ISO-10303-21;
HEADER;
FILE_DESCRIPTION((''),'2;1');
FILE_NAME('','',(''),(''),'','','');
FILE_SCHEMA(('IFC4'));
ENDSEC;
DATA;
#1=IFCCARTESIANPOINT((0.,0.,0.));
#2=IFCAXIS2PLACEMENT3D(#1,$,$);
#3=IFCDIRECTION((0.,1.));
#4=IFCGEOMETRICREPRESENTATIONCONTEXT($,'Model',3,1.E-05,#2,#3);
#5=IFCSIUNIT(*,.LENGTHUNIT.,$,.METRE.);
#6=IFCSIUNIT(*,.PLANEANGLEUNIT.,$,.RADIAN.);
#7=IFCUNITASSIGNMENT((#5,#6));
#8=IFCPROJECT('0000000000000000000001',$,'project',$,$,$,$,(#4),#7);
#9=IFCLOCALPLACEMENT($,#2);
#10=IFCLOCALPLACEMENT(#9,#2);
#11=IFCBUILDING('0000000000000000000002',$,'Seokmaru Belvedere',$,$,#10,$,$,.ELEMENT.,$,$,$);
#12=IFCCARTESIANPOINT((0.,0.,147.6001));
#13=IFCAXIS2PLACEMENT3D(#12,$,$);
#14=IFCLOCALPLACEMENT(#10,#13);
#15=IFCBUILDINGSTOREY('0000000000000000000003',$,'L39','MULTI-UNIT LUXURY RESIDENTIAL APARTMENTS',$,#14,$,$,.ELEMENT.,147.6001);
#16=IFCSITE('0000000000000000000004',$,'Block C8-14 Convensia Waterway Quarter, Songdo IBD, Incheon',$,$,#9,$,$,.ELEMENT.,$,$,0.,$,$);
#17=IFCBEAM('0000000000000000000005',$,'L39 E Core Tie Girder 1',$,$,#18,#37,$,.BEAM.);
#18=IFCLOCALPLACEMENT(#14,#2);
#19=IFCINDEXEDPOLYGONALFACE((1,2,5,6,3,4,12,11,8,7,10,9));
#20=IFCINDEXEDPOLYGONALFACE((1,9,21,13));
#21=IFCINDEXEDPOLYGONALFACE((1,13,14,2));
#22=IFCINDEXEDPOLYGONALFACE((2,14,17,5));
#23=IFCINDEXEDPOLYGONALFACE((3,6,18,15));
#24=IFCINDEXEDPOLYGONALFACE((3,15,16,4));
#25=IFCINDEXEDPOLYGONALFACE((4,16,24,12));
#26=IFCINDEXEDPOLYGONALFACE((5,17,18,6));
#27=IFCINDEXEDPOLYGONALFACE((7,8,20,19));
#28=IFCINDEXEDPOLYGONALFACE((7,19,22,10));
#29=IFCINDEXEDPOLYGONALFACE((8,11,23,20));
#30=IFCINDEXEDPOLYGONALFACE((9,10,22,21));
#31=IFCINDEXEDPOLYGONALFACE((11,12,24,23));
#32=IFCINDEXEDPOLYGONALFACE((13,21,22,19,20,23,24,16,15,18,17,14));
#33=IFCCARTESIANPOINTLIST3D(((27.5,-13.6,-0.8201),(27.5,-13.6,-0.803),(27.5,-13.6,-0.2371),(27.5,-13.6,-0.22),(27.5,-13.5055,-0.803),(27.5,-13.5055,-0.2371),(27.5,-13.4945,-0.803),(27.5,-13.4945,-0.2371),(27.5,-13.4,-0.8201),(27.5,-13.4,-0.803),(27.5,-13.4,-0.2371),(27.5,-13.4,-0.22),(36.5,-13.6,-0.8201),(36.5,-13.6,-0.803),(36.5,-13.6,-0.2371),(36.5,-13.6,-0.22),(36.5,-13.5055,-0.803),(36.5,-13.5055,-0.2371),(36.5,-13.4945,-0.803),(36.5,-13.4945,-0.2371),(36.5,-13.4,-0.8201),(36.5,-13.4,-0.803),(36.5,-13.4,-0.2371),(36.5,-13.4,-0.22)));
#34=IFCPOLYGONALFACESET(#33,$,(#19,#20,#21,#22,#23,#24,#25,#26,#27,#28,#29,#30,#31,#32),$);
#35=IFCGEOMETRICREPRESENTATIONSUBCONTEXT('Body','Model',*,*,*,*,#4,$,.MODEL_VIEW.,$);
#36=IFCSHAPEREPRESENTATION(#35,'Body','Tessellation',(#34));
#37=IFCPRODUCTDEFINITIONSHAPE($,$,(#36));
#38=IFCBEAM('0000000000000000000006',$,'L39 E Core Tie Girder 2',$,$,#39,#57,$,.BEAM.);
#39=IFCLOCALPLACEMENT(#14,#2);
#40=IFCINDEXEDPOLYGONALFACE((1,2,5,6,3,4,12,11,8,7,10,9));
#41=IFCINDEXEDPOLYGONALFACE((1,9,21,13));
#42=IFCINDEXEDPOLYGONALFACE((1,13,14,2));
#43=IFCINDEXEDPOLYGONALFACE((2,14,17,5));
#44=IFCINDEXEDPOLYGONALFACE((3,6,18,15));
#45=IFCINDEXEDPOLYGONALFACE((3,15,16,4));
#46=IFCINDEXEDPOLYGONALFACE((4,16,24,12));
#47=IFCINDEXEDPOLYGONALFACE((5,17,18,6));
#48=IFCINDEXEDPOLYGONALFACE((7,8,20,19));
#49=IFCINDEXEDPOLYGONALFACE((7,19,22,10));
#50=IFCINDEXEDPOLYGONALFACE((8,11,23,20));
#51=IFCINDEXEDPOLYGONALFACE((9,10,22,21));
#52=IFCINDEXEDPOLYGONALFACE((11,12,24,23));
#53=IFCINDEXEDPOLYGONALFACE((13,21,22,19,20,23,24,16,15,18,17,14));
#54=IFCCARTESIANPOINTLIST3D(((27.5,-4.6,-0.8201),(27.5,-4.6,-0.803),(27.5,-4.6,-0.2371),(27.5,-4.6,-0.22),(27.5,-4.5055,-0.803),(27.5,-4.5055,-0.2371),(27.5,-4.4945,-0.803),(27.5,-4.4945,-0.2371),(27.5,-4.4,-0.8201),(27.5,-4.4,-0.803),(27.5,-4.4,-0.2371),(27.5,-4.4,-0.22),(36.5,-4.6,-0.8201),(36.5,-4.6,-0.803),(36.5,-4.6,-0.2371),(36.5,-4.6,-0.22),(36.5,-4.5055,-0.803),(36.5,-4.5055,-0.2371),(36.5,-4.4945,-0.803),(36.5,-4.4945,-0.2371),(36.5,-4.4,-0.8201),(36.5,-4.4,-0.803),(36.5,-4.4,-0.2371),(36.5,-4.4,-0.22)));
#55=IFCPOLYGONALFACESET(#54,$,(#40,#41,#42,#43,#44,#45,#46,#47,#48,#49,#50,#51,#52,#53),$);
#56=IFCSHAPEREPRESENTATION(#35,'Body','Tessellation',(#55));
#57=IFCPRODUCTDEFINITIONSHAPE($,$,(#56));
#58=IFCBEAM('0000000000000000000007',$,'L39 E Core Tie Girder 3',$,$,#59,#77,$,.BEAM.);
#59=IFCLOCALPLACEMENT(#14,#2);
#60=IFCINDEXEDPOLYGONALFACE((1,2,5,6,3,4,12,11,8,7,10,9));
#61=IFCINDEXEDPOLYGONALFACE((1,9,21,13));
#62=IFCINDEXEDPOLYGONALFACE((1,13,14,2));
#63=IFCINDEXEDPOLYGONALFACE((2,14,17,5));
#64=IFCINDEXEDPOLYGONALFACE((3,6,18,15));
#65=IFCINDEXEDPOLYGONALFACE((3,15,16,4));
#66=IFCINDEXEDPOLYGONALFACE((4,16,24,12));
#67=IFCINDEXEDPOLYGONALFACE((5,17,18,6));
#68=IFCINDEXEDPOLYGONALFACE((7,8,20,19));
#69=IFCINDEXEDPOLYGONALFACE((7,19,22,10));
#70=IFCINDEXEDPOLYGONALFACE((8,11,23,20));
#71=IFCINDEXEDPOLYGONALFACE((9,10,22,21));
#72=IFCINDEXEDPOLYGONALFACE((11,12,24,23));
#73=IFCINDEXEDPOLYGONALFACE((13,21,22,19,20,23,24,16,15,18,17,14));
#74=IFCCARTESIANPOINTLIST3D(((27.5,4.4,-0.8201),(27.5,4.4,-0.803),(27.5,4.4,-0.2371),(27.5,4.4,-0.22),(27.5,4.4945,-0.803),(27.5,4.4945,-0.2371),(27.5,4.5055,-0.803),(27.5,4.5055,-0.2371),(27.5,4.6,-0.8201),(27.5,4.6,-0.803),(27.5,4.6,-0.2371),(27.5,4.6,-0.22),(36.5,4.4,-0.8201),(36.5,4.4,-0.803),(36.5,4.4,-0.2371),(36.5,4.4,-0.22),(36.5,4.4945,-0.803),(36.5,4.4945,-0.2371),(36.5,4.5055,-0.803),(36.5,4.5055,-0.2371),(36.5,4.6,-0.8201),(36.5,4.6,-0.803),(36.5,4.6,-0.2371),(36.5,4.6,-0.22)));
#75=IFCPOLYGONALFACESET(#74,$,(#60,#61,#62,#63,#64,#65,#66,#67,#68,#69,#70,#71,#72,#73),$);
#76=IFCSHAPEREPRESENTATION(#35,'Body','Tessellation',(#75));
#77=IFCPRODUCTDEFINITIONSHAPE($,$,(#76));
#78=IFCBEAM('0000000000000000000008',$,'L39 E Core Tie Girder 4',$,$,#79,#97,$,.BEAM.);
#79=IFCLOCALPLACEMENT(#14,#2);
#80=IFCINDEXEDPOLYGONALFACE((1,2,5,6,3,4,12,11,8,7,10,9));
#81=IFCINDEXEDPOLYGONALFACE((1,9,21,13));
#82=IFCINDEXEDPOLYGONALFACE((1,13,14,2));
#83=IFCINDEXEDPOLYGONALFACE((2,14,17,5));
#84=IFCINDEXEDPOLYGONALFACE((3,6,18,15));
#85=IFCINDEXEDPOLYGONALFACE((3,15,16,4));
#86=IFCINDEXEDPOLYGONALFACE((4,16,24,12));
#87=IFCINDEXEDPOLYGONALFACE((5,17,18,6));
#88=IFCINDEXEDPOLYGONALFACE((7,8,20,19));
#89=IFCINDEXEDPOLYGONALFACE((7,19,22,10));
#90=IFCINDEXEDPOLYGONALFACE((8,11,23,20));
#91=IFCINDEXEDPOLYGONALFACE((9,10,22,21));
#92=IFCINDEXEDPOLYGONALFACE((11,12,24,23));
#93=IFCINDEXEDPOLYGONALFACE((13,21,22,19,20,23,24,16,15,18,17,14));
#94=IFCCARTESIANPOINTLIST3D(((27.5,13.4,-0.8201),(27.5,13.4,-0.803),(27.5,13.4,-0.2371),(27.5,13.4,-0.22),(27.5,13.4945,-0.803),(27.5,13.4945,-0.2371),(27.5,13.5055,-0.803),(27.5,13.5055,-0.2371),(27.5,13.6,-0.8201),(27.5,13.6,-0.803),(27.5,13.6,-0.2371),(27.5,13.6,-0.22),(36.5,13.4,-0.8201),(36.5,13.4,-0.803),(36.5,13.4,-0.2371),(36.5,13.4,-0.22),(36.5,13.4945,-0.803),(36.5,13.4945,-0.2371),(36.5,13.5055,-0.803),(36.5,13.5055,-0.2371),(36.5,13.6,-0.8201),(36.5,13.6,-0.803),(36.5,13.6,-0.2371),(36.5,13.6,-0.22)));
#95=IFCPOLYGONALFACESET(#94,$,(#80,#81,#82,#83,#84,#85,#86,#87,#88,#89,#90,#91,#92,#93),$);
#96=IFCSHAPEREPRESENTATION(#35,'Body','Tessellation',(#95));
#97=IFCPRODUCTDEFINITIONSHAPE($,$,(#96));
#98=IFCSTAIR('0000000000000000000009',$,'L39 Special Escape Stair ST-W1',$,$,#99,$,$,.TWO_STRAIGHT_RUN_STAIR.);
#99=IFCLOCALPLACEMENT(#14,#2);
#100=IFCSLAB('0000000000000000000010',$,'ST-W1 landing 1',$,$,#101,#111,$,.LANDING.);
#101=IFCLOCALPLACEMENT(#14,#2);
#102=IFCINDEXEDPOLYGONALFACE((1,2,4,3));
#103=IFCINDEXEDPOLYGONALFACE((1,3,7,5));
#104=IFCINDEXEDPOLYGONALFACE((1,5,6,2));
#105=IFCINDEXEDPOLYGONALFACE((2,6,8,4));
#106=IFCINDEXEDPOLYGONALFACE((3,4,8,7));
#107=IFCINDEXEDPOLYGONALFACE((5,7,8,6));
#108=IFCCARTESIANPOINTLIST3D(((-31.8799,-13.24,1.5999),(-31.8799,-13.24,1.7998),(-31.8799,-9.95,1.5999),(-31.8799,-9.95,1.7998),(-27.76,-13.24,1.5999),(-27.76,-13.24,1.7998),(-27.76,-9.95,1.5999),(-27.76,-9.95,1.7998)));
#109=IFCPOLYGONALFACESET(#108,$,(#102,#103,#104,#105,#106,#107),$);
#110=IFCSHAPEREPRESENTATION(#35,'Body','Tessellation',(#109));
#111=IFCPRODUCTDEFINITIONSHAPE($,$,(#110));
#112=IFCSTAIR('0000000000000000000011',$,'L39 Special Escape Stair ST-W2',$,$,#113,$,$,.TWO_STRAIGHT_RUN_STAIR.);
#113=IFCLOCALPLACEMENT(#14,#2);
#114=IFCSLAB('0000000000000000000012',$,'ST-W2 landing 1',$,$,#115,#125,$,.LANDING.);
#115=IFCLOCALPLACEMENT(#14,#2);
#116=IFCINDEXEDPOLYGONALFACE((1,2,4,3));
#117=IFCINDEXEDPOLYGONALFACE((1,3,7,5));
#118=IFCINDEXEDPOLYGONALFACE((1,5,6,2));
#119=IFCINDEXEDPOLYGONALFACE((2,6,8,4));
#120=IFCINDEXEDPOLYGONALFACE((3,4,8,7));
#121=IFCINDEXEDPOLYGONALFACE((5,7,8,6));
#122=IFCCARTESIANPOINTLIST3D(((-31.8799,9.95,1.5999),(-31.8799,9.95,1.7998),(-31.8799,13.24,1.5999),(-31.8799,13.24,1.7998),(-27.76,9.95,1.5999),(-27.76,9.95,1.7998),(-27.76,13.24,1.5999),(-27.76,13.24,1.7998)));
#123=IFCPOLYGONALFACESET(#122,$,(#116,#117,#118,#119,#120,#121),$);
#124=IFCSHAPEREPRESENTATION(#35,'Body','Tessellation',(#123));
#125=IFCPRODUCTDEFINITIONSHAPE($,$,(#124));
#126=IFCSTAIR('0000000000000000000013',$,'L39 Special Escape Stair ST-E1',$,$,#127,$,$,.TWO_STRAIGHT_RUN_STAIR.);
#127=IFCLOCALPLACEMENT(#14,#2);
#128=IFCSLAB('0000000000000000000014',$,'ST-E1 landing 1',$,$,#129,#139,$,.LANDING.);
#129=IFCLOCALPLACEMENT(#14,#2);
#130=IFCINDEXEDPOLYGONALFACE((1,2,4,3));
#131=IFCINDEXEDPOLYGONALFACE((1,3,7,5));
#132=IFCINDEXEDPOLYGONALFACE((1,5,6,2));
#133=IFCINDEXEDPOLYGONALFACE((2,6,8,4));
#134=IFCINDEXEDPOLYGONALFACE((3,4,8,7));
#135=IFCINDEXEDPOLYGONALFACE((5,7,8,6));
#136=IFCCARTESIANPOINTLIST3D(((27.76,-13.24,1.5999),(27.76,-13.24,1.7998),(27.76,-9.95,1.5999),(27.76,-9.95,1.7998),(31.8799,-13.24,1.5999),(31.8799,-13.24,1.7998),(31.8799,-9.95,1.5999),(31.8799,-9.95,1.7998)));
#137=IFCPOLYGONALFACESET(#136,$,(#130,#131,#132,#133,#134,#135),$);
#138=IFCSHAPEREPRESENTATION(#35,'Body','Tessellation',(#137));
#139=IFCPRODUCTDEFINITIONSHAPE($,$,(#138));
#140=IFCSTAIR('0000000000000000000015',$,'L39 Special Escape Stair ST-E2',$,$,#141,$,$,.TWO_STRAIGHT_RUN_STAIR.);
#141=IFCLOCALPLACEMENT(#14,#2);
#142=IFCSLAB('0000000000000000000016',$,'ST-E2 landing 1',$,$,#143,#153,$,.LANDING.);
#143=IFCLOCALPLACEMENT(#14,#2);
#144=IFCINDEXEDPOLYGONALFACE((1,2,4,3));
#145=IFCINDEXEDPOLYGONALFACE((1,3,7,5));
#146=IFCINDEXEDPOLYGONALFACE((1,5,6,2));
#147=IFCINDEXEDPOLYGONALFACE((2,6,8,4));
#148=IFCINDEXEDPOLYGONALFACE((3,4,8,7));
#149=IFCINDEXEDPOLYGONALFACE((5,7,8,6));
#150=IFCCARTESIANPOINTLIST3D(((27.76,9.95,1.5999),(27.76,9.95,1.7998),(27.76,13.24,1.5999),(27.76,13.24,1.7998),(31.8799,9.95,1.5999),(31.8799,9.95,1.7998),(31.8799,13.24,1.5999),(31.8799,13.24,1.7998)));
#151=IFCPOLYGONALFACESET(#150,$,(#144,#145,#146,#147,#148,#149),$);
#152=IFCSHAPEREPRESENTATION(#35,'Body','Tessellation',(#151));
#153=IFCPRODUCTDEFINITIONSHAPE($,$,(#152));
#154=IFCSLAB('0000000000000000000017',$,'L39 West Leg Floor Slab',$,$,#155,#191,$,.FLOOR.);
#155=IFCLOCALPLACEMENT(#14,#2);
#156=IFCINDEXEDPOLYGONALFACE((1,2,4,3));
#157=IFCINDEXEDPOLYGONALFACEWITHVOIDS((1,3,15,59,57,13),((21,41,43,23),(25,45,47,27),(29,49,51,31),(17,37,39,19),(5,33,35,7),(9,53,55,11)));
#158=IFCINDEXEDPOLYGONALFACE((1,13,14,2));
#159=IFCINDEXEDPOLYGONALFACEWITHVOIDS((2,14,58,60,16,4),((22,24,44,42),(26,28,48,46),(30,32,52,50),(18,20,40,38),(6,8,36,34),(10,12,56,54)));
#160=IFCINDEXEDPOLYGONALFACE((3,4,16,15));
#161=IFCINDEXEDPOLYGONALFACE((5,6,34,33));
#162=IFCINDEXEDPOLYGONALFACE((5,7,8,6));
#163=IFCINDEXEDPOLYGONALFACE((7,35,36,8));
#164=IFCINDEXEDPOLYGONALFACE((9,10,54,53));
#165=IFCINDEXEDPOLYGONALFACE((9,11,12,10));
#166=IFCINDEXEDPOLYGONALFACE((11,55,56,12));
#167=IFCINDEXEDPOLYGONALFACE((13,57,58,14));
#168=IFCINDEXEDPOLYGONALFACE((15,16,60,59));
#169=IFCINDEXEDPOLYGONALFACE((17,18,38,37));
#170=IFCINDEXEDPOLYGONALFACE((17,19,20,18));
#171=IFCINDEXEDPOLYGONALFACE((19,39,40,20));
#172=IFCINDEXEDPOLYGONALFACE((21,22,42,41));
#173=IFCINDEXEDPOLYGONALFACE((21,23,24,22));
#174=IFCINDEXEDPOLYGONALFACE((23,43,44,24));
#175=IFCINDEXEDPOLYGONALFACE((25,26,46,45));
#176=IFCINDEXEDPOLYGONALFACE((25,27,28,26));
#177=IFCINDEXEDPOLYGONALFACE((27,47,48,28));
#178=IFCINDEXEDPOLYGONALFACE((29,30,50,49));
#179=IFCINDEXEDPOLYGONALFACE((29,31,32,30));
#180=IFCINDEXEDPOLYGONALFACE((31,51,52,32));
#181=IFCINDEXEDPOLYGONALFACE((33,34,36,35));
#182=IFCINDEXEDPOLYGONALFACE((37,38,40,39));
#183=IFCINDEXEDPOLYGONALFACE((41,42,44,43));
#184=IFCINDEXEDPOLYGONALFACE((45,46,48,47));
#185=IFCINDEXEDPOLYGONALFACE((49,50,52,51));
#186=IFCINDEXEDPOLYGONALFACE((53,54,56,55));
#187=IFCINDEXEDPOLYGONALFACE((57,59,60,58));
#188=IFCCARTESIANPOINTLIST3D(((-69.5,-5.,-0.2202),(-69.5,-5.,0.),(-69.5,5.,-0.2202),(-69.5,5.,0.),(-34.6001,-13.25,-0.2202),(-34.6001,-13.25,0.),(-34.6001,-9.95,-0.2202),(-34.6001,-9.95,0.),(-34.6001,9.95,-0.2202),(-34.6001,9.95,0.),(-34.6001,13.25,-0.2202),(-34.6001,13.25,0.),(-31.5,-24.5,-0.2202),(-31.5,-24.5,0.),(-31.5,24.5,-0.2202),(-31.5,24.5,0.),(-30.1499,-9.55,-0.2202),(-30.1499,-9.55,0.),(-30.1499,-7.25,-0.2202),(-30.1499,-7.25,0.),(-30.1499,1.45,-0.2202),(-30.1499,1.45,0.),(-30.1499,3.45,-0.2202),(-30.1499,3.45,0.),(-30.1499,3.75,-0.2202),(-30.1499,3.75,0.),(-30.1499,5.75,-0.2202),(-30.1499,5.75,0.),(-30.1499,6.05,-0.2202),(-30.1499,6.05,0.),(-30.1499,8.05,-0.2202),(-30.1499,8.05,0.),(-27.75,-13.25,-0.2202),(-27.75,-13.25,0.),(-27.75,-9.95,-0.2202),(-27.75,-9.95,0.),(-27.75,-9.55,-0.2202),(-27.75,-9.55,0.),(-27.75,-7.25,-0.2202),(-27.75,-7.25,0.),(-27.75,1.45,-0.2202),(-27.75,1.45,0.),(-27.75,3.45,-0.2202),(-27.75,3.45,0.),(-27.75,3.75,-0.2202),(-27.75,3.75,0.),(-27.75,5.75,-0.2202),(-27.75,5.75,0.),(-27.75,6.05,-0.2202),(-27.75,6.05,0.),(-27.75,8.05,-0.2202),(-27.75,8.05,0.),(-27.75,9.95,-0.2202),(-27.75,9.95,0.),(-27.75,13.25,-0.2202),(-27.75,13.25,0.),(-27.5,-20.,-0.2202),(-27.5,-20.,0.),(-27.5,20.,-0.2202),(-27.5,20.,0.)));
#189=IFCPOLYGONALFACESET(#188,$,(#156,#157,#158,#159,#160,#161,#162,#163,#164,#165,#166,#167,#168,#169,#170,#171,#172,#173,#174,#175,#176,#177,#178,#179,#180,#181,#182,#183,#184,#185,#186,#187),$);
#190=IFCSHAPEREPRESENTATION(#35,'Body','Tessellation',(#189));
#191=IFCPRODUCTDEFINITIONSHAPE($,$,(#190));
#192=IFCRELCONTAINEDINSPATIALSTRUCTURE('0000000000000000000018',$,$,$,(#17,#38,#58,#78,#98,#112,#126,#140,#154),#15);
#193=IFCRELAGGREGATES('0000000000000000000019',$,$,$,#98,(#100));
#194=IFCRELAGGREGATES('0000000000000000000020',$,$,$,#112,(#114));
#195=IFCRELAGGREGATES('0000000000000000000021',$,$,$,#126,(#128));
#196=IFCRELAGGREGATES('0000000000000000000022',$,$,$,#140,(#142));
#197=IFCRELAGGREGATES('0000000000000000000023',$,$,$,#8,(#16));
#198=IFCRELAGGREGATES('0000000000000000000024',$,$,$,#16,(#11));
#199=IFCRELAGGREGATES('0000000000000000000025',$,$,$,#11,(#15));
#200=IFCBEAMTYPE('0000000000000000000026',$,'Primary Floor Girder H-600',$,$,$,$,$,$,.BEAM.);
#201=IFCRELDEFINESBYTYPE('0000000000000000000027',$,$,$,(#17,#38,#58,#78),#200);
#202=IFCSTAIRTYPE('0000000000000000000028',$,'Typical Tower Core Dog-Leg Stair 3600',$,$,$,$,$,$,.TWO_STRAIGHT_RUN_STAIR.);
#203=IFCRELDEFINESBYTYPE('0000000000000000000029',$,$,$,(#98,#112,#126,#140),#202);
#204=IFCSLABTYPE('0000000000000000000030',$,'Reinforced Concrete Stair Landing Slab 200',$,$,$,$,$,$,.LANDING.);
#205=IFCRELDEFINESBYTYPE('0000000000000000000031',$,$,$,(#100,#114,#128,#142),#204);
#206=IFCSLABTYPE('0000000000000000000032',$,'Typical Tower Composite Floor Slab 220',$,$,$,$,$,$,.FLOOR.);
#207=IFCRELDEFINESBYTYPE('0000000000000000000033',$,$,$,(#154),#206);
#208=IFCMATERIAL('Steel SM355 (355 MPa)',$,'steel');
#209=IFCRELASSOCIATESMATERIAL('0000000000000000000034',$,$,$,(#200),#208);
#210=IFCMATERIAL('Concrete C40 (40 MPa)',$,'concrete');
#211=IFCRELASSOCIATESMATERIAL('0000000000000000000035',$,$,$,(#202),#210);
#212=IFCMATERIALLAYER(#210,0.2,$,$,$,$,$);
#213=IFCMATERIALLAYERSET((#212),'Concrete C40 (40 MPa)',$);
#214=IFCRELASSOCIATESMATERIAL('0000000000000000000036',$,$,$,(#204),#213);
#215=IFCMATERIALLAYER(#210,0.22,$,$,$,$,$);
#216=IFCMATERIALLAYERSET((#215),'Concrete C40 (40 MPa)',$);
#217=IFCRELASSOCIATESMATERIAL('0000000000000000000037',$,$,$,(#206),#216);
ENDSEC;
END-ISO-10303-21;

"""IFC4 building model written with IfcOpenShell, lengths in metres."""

from ifc_helpers import new_model, si_unit, direction, frame, origin, origin_2d, place, context, subcontext, project, spatial, polyline, i_section, outline, extrude, source, transform, mapped, material, layer, layer_set, material_profile, profile_set, type_object, type_shapes, element, aggregate, save


model = new_model("IFC4")

# Units and contexts
model_context = context("Model", 3, precision=1e-05, world=origin(), true_north=direction((0.0, 1.0)))
body_context = subcontext(model_context, "Body", "Model", "MODEL_VIEW")
ifc_project = project(units=[si_unit("LENGTHUNIT", "METRE"), si_unit("PLANEANGLEUNIT", "RADIAN")], contexts=[model_context])

# Site, building, storey
site_placement = place(None, origin())
site = spatial("IfcSite", under=ifc_project, at=site_placement, Name="Block C8-14 Convensia Waterway Quarter, Songdo IBD, Incheon", CompositionType="ELEMENT", RefElevation=0.0)
building_placement = place(site_placement, origin())
building = spatial("IfcBuilding", under=site, at=building_placement, Name="Seokmaru Belvedere", CompositionType="ELEMENT")
storey_placement = place(building_placement, frame((0.0, 0.0, 147.6001)))
storey = spatial("IfcBuildingStorey", under=building, at=storey_placement, Name="L39", Description="MULTI-UNIT LUXURY RESIDENTIAL APARTMENTS", CompositionType="ELEMENT", Elevation=147.6001)

# Beams
ifc_material_1 = material(Name="Steel SM355 (355 MPa)", Category="steel")
ifc_material_profile_1 = material_profile(ifc_material_1, i_section(OverallWidth=0.2, OverallDepth=0.6001, WebThickness=0.011, FlangeThickness=0.0171, at=origin_2d()), Name="H-600x200x11x17")
ifc_profile_set_1 = profile_set([ifc_material_profile_1], Name="Steel SM355 (355 MPa)")
beam_type_1 = type_object("IfcBeamType", Name="Primary Floor Girder H-600", PredefinedType="BEAM", material=ifc_profile_set_1)
shared_shape_1 = source(origin(), body_context, "Body", "SweptSolid", [
    extrude(i_section(OverallWidth=0.2, OverallDepth=0.6001, WebThickness=0.011, FlangeThickness=0.0171, at=origin_2d()), origin(), (0.0, 0.0, 1.0), 9.0),
])
type_shapes(beam_type_1, [shared_shape_1])
for number, where, z_axis, x_axis, name in (
    (1, (27.5, -13.5, -0.52), (1.0, 0.0, 0.0), (0.0, 1.0, 0.0), "L39 E Core Tie Girder 1"),
    (2, (27.5, -4.5, -0.52), (1.0, 0.0, 0.0), (0.0, 1.0, 0.0), "L39 E Core Tie Girder 2"),
    (3, (27.5, 4.5, -0.52), (1.0, 0.0, 0.0), (0.0, 1.0, 0.0), "L39 E Core Tie Girder 3"),
    (4, (27.5, 13.5, -0.52), (1.0, 0.0, 0.0), (0.0, 1.0, 0.0), "L39 E Core Tie Girder 4"),
):
    element("IfcBeam", number, at=place(storey_placement, frame(where, z_axis=z_axis, x_axis=x_axis)), inside=storey, type_object=beam_type_1, Name=name, PredefinedType="BEAM", context=body_context, shape_type="MappedRepresentation", body=[
        mapped(shared_shape_1, transform((0.0, 0.0, 0.0), scale=1.0)),
    ])

# Stairs, slabs
ifc_material_2 = material(Name="Concrete C40 (40 MPa)", Category="concrete")
stair_type = type_object("IfcStairType", Name="Typical Tower Core Dog-Leg Stair 3600", PredefinedType="TWO_STRAIGHT_RUN_STAIR", material=ifc_material_2)
stair_1_placement = place(storey_placement, origin())
stair_1 = element("IfcStair", 5, at=stair_1_placement, inside=storey, type_object=stair_type, Name="L39 Special Escape Stair ST-W1", PredefinedType="TWO_STRAIGHT_RUN_STAIR")
ifc_layer_1 = layer(ifc_material_2, 0.2)
ifc_layer_set_1 = layer_set([ifc_layer_1], Name="Concrete C40 (40 MPa)")
slab_type_1 = type_object("IfcSlabType", Name="Reinforced Concrete Stair Landing Slab 200", PredefinedType="LANDING", material=ifc_layer_set_1)
slab_1_placement = place(storey_placement, frame((0.0, 0.0, 1.5999)))
slab_1 = element("IfcSlab", 6, at=slab_1_placement, type_object=slab_type_1, Name="ST-W1 landing 1", PredefinedType="LANDING", context=body_context, shape_type="SweptSolid", body=[
    extrude(outline(polyline([(-31.8799, -13.24), (-27.76, -13.24), (-27.76, -9.95), (-31.8799, -9.95), (-31.8799, -13.24)])), origin(), (0.0, 0.0, 1.0), 0.2),
])
aggregate(stair_1, [slab_1])
stair_2_placement = place(storey_placement, origin())
stair_2 = element("IfcStair", 7, at=stair_2_placement, inside=storey, type_object=stair_type, Name="L39 Special Escape Stair ST-W2", PredefinedType="TWO_STRAIGHT_RUN_STAIR")
slab_2_placement = place(storey_placement, frame((0.0, 0.0, 1.5999)))
slab_2 = element("IfcSlab", 8, at=slab_2_placement, type_object=slab_type_1, Name="ST-W2 landing 1", PredefinedType="LANDING", context=body_context, shape_type="SweptSolid", body=[
    extrude(outline(polyline([(-31.8799, 9.95), (-27.76, 9.95), (-27.76, 13.24), (-31.8799, 13.24), (-31.8799, 9.95)])), origin(), (0.0, 0.0, 1.0), 0.2),
])
aggregate(stair_2, [slab_2])
stair_3_placement = place(storey_placement, origin())
stair_3 = element("IfcStair", 9, at=stair_3_placement, inside=storey, type_object=stair_type, Name="L39 Special Escape Stair ST-E1", PredefinedType="TWO_STRAIGHT_RUN_STAIR")
slab_3_placement = place(storey_placement, frame((0.0, 0.0, 1.5999)))
slab_3 = element("IfcSlab", 10, at=slab_3_placement, type_object=slab_type_1, Name="ST-E1 landing 1", PredefinedType="LANDING", context=body_context, shape_type="SweptSolid", body=[
    extrude(outline(polyline([(27.76, -13.24), (31.8799, -13.24), (31.8799, -9.95), (27.76, -9.95), (27.76, -13.24)])), origin(), (0.0, 0.0, 1.0), 0.2),
])
aggregate(stair_3, [slab_3])
stair_4_placement = place(storey_placement, origin())
stair_4 = element("IfcStair", 11, at=stair_4_placement, inside=storey, type_object=stair_type, Name="L39 Special Escape Stair ST-E2", PredefinedType="TWO_STRAIGHT_RUN_STAIR")
slab_4_placement = place(storey_placement, frame((0.0, 0.0, 1.5999)))
slab_4 = element("IfcSlab", 12, at=slab_4_placement, type_object=slab_type_1, Name="ST-E2 landing 1", PredefinedType="LANDING", context=body_context, shape_type="SweptSolid", body=[
    extrude(outline(polyline([(27.76, 9.95), (31.8799, 9.95), (31.8799, 13.24), (27.76, 13.24), (27.76, 9.95)])), origin(), (0.0, 0.0, 1.0), 0.2),
])
aggregate(stair_4, [slab_4])

# Slab
ifc_layer_2 = layer(ifc_material_2, 0.22)
ifc_layer_set_2 = layer_set([ifc_layer_2], Name="Concrete C40 (40 MPa)")
slab_type_2 = type_object("IfcSlabType", Name="Typical Tower Composite Floor Slab 220", PredefinedType="FLOOR", material=ifc_layer_set_2)
slab_5_placement = place(storey_placement, frame((0.0, 0.0, -0.2202)))
element("IfcSlab", 13, at=slab_5_placement, inside=storey, type_object=slab_type_2, Name="L39 West Leg Floor Slab", PredefinedType="FLOOR", context=body_context, shape_type="SweptSolid", body=[
    extrude(outline(polyline([(-27.5, -20.0), (-27.5, 20.0), (-31.5, 24.5), (-69.5, 5.0), (-69.5, -5.0), (-31.5, -24.5), (-27.5, -20.0)]), holes=[polyline([(-34.6001, -13.25), (-27.75, -13.25), (-27.75, -9.95), (-34.6001, -9.95), (-34.6001, -13.25)]), polyline([(-34.6001, 9.95), (-27.75, 9.95), (-27.75, 13.25), (-34.6001, 13.25), (-34.6001, 9.95)]), polyline([(-30.1499, -9.55), (-27.75, -9.55), (-27.75, -7.25), (-30.1499, -7.25), (-30.1499, -9.55)]), polyline([(-30.1499, 1.45), (-27.75, 1.45), (-27.75, 3.45), (-30.1499, 3.45), (-30.1499, 1.45)]), polyline([(-30.1499, 3.75), (-27.75, 3.75), (-27.75, 5.75), (-30.1499, 5.75), (-30.1499, 3.75)]), polyline([(-30.1499, 6.05), (-27.75, 6.05), (-27.75, 8.05), (-30.1499, 8.05), (-30.1499, 6.05)])]), origin(), (0.0, 0.0, 1.0), 0.2202),
])

save(model, "model.ifc")
